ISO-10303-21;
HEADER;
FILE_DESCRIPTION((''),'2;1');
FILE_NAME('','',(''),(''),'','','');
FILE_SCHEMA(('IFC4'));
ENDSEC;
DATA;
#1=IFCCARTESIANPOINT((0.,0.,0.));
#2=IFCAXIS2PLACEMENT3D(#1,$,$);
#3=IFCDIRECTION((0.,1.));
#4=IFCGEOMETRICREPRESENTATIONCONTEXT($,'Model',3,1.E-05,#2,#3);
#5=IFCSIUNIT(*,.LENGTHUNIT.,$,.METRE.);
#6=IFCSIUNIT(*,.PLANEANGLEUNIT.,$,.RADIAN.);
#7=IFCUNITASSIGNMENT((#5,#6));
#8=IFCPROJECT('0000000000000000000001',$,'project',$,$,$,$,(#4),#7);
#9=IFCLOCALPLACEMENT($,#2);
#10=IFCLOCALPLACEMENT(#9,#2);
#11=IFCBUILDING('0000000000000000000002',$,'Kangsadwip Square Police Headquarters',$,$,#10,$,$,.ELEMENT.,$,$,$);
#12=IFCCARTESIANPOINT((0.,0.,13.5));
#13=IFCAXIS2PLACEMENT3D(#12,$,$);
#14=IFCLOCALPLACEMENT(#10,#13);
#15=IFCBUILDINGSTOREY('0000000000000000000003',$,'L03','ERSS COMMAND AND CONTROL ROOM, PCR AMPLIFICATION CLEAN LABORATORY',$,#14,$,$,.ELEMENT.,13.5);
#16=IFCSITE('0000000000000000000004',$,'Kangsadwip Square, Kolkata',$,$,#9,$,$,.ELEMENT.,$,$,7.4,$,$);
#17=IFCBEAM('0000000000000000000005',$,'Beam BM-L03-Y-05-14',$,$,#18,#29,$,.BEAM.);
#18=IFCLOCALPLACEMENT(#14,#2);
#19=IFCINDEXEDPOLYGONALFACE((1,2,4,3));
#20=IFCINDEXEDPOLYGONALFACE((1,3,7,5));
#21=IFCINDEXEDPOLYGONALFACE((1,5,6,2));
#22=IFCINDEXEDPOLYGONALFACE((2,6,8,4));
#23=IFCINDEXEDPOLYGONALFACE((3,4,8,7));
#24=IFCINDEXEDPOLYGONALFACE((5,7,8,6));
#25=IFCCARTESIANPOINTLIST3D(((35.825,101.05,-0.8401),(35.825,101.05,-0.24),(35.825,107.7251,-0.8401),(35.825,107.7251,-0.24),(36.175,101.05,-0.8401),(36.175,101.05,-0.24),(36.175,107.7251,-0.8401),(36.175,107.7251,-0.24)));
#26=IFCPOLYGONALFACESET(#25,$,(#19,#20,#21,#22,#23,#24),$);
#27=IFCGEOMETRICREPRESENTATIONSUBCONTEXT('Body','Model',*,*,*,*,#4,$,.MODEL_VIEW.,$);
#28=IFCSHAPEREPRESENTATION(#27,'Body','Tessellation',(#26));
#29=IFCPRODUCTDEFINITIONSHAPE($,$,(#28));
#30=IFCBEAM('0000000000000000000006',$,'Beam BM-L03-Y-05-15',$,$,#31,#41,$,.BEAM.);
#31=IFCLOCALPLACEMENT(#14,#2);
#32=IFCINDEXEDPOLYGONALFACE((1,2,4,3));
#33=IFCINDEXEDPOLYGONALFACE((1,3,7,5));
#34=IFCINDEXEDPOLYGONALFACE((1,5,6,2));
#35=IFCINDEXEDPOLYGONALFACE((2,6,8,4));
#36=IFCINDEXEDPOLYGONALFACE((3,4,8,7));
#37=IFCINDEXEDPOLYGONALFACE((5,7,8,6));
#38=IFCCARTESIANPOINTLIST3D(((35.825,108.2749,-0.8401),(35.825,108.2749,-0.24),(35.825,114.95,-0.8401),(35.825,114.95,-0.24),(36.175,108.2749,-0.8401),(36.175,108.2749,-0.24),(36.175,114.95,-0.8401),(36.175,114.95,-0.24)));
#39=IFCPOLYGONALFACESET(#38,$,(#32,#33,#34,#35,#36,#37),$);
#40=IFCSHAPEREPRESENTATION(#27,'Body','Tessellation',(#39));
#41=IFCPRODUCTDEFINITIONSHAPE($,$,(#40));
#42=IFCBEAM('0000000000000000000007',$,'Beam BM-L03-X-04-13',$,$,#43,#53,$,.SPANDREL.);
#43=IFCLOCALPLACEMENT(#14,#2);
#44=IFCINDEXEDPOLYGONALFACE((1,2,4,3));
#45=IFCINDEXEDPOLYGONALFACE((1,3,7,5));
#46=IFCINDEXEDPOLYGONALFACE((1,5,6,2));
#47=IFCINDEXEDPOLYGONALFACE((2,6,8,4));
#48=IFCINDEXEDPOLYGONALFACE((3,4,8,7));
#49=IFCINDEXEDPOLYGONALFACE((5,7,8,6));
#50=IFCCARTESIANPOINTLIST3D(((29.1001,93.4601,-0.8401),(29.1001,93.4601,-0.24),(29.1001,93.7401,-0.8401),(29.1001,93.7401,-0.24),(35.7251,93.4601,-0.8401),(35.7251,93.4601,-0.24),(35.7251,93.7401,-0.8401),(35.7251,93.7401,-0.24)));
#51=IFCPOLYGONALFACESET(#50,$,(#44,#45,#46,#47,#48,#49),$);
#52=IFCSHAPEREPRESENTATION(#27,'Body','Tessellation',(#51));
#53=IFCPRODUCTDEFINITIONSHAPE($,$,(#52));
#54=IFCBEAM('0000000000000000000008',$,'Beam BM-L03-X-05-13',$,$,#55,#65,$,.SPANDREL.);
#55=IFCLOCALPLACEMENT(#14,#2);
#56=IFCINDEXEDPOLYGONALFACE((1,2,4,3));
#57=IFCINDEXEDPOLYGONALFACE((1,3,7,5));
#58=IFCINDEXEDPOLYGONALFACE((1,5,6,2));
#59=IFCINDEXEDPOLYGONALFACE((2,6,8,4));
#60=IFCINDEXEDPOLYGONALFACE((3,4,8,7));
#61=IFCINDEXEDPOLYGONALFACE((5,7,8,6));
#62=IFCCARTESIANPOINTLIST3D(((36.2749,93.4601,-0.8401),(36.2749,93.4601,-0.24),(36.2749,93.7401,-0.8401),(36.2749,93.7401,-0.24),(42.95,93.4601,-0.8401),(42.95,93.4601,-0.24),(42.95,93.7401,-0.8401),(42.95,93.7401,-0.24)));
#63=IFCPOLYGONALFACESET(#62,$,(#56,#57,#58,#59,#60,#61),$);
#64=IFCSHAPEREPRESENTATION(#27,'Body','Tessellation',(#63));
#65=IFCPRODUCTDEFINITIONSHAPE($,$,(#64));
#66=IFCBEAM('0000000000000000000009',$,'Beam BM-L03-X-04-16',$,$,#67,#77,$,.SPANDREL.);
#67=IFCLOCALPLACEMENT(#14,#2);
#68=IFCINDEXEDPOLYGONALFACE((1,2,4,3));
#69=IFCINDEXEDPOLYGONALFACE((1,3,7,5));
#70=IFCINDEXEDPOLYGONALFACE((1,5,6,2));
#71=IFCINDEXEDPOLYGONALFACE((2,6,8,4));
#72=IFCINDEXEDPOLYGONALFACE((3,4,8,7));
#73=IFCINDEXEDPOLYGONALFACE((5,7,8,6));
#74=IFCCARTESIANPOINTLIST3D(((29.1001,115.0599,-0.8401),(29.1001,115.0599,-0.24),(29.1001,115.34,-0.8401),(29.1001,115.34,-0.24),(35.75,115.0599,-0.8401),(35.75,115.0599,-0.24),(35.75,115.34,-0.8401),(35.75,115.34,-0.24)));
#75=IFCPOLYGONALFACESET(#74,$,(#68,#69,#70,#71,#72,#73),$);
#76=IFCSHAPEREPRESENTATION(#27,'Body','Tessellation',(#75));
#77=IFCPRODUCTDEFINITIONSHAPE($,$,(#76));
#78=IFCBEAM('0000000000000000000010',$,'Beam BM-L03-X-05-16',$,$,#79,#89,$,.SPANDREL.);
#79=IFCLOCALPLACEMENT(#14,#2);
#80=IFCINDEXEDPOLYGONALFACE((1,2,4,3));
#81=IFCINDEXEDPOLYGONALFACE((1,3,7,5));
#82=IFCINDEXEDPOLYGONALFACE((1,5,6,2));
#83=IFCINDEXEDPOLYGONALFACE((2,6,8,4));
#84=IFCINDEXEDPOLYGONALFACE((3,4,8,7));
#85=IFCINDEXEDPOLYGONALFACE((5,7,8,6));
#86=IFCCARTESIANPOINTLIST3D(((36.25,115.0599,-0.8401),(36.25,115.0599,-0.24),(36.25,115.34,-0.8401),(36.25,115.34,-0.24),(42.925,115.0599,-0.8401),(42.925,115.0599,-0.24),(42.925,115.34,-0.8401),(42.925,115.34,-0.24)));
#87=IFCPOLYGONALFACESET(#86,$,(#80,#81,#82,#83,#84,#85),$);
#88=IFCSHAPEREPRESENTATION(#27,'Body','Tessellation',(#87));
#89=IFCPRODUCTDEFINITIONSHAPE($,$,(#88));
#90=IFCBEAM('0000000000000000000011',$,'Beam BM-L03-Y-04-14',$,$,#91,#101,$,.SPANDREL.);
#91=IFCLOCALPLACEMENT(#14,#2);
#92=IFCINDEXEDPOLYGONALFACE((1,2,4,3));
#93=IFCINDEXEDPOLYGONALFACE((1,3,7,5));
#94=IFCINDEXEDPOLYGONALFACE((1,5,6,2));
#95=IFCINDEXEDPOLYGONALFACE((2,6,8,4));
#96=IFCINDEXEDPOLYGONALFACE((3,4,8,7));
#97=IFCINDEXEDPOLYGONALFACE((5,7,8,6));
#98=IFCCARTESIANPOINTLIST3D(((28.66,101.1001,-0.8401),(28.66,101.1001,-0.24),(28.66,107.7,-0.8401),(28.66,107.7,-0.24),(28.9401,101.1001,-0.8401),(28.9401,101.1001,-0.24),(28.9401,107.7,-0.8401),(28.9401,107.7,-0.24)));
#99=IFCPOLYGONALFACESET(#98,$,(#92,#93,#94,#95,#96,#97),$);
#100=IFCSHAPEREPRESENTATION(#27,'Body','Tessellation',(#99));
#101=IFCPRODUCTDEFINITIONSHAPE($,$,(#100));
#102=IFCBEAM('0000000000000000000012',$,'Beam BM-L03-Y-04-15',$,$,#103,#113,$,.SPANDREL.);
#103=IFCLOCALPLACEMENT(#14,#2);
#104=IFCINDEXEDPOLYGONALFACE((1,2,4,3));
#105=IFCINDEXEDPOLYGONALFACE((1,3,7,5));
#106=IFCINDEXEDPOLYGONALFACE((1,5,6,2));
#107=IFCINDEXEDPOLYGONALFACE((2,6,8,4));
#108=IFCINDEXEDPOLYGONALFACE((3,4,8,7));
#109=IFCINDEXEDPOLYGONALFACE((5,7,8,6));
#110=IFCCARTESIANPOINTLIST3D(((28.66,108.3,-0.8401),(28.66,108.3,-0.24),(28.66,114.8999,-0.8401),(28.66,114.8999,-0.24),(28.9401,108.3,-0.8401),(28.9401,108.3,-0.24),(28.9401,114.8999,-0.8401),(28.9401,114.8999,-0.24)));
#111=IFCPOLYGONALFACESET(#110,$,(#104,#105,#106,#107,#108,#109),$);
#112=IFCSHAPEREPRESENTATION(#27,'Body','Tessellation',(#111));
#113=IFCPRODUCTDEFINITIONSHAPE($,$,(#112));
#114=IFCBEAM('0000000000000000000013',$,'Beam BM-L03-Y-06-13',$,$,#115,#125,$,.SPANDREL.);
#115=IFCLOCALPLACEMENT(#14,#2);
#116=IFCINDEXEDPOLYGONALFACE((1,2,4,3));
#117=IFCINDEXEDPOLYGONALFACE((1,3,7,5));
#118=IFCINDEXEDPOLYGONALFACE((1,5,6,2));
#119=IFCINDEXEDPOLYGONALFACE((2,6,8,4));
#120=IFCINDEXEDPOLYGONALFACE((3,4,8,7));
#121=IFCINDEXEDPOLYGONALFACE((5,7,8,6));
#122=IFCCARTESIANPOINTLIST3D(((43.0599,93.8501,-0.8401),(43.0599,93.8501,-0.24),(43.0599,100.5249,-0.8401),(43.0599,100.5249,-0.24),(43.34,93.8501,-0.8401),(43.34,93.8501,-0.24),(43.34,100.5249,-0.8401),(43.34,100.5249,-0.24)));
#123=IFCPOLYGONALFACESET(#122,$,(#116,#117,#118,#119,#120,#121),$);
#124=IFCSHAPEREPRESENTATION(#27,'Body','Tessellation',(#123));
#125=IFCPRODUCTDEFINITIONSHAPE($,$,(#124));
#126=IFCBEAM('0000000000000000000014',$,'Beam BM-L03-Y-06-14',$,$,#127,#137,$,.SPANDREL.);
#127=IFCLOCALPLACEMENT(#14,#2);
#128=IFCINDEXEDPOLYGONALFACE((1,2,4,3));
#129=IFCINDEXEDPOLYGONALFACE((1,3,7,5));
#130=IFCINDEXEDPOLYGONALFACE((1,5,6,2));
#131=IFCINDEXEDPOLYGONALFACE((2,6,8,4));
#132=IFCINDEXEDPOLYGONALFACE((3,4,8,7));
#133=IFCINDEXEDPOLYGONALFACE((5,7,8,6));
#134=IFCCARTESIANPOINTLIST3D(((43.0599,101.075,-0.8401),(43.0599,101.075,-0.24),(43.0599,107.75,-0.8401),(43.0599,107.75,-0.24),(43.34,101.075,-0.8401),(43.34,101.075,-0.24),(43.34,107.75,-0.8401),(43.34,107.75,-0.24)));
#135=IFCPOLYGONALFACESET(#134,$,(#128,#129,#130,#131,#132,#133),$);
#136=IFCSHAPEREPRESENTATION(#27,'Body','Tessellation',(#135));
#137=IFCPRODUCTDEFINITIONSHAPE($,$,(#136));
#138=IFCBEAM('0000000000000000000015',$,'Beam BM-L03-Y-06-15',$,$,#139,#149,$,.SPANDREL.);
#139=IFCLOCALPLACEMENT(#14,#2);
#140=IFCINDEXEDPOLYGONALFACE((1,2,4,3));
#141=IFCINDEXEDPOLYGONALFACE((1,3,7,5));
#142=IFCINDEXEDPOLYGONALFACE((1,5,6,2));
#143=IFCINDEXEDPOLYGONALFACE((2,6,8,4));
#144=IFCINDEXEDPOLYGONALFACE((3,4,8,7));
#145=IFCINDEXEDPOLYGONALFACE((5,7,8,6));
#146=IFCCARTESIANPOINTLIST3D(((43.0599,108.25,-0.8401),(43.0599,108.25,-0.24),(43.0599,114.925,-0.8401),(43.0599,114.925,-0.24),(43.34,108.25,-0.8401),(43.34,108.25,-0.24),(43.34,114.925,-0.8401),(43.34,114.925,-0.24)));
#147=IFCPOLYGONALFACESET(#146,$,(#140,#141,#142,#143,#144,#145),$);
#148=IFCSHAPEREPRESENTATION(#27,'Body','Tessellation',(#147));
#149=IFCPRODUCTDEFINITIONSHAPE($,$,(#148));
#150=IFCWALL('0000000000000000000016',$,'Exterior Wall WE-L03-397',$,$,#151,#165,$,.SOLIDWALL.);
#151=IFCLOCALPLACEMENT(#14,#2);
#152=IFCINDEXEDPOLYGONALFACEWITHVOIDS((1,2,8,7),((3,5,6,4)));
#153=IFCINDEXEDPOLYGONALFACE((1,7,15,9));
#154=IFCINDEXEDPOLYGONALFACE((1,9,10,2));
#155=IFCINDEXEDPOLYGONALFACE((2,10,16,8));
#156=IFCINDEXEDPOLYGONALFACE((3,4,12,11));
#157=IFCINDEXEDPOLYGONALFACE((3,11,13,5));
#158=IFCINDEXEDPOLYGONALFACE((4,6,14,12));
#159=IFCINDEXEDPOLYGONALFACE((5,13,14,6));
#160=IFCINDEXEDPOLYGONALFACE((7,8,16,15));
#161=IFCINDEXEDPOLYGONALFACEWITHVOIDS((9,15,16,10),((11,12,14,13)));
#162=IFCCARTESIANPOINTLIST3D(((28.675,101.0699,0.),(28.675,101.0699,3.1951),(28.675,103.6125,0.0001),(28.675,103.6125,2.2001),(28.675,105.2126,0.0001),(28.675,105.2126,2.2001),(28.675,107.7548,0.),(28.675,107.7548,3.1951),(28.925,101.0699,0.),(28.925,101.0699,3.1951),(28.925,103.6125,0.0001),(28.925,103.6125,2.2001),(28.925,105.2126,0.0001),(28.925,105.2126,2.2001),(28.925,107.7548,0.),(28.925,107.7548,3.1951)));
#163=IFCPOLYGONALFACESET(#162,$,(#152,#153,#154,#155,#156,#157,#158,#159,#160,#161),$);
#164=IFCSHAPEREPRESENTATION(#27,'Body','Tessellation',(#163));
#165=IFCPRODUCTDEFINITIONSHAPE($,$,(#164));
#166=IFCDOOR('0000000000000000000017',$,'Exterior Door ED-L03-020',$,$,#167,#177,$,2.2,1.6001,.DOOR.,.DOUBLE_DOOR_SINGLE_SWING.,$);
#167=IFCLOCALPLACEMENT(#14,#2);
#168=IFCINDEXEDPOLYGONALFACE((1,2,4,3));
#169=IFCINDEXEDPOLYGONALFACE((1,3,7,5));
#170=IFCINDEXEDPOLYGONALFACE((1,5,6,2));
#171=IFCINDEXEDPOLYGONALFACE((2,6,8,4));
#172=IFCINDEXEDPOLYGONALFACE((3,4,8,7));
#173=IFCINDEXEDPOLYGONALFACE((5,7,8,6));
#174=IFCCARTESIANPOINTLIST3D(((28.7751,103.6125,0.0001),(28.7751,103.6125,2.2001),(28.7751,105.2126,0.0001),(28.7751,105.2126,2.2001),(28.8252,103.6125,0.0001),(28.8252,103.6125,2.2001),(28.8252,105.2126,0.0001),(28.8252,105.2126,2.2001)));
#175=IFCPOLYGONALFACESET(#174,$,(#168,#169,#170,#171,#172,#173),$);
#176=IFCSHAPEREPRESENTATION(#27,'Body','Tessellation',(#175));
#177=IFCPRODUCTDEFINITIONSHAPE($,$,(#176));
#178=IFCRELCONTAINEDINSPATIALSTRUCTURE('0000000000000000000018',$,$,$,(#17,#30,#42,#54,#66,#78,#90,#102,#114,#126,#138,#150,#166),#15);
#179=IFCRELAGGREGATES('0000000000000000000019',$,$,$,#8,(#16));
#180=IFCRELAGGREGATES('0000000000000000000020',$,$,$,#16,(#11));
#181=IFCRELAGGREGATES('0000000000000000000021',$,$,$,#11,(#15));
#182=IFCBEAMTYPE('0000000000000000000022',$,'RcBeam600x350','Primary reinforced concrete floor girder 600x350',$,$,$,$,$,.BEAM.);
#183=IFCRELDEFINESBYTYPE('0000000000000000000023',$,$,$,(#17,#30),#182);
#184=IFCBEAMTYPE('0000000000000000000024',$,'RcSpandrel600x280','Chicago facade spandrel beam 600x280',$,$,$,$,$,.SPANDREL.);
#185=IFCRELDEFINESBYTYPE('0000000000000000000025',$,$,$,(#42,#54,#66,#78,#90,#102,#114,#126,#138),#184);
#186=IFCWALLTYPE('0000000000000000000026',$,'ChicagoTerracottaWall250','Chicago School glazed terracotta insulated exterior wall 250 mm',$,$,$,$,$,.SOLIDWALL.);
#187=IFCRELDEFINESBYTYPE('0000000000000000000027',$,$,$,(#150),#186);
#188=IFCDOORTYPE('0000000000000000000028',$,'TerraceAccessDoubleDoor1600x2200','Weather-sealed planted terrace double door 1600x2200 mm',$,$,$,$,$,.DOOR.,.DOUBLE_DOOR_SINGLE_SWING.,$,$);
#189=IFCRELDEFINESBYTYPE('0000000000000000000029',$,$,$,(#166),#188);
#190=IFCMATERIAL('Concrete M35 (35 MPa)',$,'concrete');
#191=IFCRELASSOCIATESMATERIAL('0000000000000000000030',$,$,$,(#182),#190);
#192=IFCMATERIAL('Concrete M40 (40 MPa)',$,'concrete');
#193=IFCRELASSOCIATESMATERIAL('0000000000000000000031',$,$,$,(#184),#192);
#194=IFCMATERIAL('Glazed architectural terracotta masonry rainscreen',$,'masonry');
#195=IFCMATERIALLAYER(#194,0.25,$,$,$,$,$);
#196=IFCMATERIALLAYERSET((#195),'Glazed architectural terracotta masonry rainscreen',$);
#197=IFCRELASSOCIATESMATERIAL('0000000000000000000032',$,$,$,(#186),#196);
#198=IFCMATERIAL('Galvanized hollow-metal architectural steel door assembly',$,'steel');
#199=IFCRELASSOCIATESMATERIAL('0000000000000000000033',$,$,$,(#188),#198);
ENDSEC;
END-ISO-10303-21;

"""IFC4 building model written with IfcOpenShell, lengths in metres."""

from ifc_helpers import new_model, si_unit, direction, frame, frame_2d, origin, origin_2d, place, context, subcontext, project, spatial, rectangle, extrude, material, layer, layer_set, material_profile, profile_set, type_object, element, fill, save


model = new_model("IFC4")

# Units and contexts
model_context = context("Model", 3, precision=1e-05, world=origin(), true_north=direction((0.0, 1.0)))
body_context = subcontext(model_context, "Body", "Model", "MODEL_VIEW")
ifc_project = project(units=[si_unit("LENGTHUNIT", "METRE"), si_unit("PLANEANGLEUNIT", "RADIAN")], contexts=[model_context])

# Site, building, storey
site_placement = place(None, origin())
site = spatial("IfcSite", under=ifc_project, at=site_placement, Name="Kangsadwip Square, Kolkata", CompositionType="ELEMENT", RefElevation=7.4)
building_placement = place(site_placement, origin())
building = spatial("IfcBuilding", under=site, at=building_placement, Name="Kangsadwip Square Police Headquarters", CompositionType="ELEMENT")
storey_placement = place(building_placement, frame((0.0, 0.0, 13.5)))
storey = spatial("IfcBuildingStorey", under=building, at=storey_placement, Name="L03", Description="ERSS COMMAND AND CONTROL ROOM, PCR AMPLIFICATION CLEAN LABORATORY", CompositionType="ELEMENT", Elevation=13.5)

# Beams
ifc_material_1 = material(Name="Concrete M35 (35 MPa)", Category="concrete")
ifc_material_profile_1 = material_profile(ifc_material_1, rectangle(XDim=0.3501, YDim=0.6001, at=origin_2d()), Name="RC BM 600X350")
ifc_profile_set_1 = profile_set([ifc_material_profile_1], Name="Concrete M35 (35 MPa)")
beam_type_1 = type_object("IfcBeamType", Name="RcBeam600x350", Description="Primary reinforced concrete floor girder 600x350", PredefinedType="BEAM", material=ifc_profile_set_1)
for number, where, z_axis, x_axis, name in (
    (1, (36.0, 101.05, -0.54), (0.0, 1.0, 0.0), (-1.0, 0.0, 0.0), "Beam BM-L03-Y-05-14"),
    (2, (36.0, 108.2749, -0.54), (0.0, 1.0, 0.0), (-1.0, 0.0, 0.0), "Beam BM-L03-Y-05-15"),
):
    element("IfcBeam", number, at=place(storey_placement, frame(where, z_axis=z_axis, x_axis=x_axis)), inside=storey, type_object=beam_type_1, Name=name, PredefinedType="BEAM", context=body_context, shape_type="SweptSolid", body=[
        extrude(rectangle(XDim=0.3501, YDim=0.6001, at=origin_2d()), origin(), (0.0, 0.0, 1.0), 6.675),
    ])
ifc_material_2 = material(Name="Concrete M40 (40 MPa)", Category="concrete")
ifc_material_profile_2 = material_profile(ifc_material_2, rectangle(XDim=0.28, YDim=0.6001, at=origin_2d()), Name="RC SPN 600X280")
ifc_profile_set_2 = profile_set([ifc_material_profile_2], Name="Concrete M40 (40 MPa)")
beam_type_2 = type_object("IfcBeamType", Name="RcSpandrel600x280", Description="Chicago facade spandrel beam 600x280", PredefinedType="SPANDREL", material=ifc_profile_set_2)
beam_1_placement = place(storey_placement, frame((29.1001, 93.6001, -0.54), z_axis=(1.0, 0.0, 0.0), x_axis=(0.0, 1.0, 0.0)))
element("IfcBeam", 3, at=beam_1_placement, inside=storey, type_object=beam_type_2, Name="Beam BM-L03-X-04-13", PredefinedType="SPANDREL", context=body_context, shape_type="SweptSolid", body=[
    extrude(rectangle(XDim=0.28, YDim=0.6001, at=origin_2d()), origin(), (0.0, 0.0, 1.0), 6.625),
])
beam_2_placement = place(storey_placement, frame((36.2749, 93.6001, -0.54), z_axis=(1.0, 0.0, 0.0), x_axis=(0.0, 1.0, 0.0)))
element("IfcBeam", 4, at=beam_2_placement, inside=storey, type_object=beam_type_2, Name="Beam BM-L03-X-05-13", PredefinedType="SPANDREL", context=body_context, shape_type="SweptSolid", body=[
    extrude(rectangle(XDim=0.28, YDim=0.6001, at=origin_2d()), origin(), (0.0, 0.0, 1.0), 6.675),
])
beam_3_placement = place(storey_placement, frame((29.1001, 115.2, -0.54), z_axis=(1.0, 0.0, 0.0), x_axis=(0.0, 1.0, 0.0)))
element("IfcBeam", 5, at=beam_3_placement, inside=storey, type_object=beam_type_2, Name="Beam BM-L03-X-04-16", PredefinedType="SPANDREL", context=body_context, shape_type="SweptSolid", body=[
    extrude(rectangle(XDim=0.28, YDim=0.6001, at=origin_2d()), origin(), (0.0, 0.0, 1.0), 6.6499),
])
beam_4_placement = place(storey_placement, frame((36.25, 115.2, -0.54), z_axis=(1.0, 0.0, 0.0), x_axis=(0.0, 1.0, 0.0)))
element("IfcBeam", 6, at=beam_4_placement, inside=storey, type_object=beam_type_2, Name="Beam BM-L03-X-05-16", PredefinedType="SPANDREL", context=body_context, shape_type="SweptSolid", body=[
    extrude(rectangle(XDim=0.28, YDim=0.6001, at=origin_2d()), origin(), (0.0, 0.0, 1.0), 6.675),
])
for number, where, z_axis, x_axis, name in (
    (7, (28.8, 101.1001, -0.54), (0.0, 1.0, 0.0), (-1.0, 0.0, 0.0), "Beam BM-L03-Y-04-14"),
    (8, (28.8, 108.3, -0.54), (0.0, 1.0, 0.0), (-1.0, 0.0, 0.0), "Beam BM-L03-Y-04-15"),
):
    element("IfcBeam", number, at=place(storey_placement, frame(where, z_axis=z_axis, x_axis=x_axis)), inside=storey, type_object=beam_type_2, Name=name, PredefinedType="SPANDREL", context=body_context, shape_type="SweptSolid", body=[
        extrude(rectangle(XDim=0.28, YDim=0.6001, at=origin_2d()), origin(), (0.0, 0.0, 1.0), 6.5999),
    ])
beam_5_placement = place(storey_placement, frame((43.2, 93.8501, -0.54), z_axis=(0.0, 1.0, 0.0), x_axis=(-1.0, 0.0, 0.0)))
element("IfcBeam", 9, at=beam_5_placement, inside=storey, type_object=beam_type_2, Name="Beam BM-L03-Y-06-13", PredefinedType="SPANDREL", context=body_context, shape_type="SweptSolid", body=[
    extrude(rectangle(XDim=0.28, YDim=0.6001, at=origin_2d()), origin(), (0.0, 0.0, 1.0), 6.6748),
])
for number, where, z_axis, x_axis, name in (
    (10, (43.2, 101.075, -0.54), (0.0, 1.0, 0.0), (-1.0, 0.0, 0.0), "Beam BM-L03-Y-06-14"),
    (11, (43.2, 108.25, -0.54), (0.0, 1.0, 0.0), (-1.0, 0.0, 0.0), "Beam BM-L03-Y-06-15"),
):
    element("IfcBeam", number, at=place(storey_placement, frame(where, z_axis=z_axis, x_axis=x_axis)), inside=storey, type_object=beam_type_2, Name=name, PredefinedType="SPANDREL", context=body_context, shape_type="SweptSolid", body=[
        extrude(rectangle(XDim=0.28, YDim=0.6001, at=origin_2d()), origin(), (0.0, 0.0, 1.0), 6.675),
    ])

# Wall, opening, door
ifc_material_3 = material(Name="Glazed architectural terracotta masonry rainscreen", Category="masonry")
ifc_layer_1 = layer(ifc_material_3, 0.25)
ifc_layer_set_1 = layer_set([ifc_layer_1], Name="Glazed architectural terracotta masonry rainscreen")
wall_type = type_object("IfcWallType", Name="ChicagoTerracottaWall250", Description="Chicago School glazed terracotta insulated exterior wall 250 mm", PredefinedType="SOLIDWALL", material=ifc_layer_set_1)
wall_1_placement = place(storey_placement, frame((28.8, 101.0701, 0.0), z_axis=(0.0, 0.0, 1.0), x_axis=(0.0, 1.0, 0.0)))
wall_1 = element("IfcWall", 12, at=wall_1_placement, inside=storey, type_object=wall_type, Name="Exterior Wall WE-L03-397", PredefinedType="SOLIDWALL", context=body_context, shape_type="SweptSolid", body=[
    extrude(rectangle(XDim=6.6848, YDim=0.25, at=frame_2d((3.3423, 0.0))), origin(), (0.0, 0.0, 1.0), 3.1951),
])
opening_1_placement = place(wall_1_placement, frame((2.5425, 0.0, 0.0)))
opening_1 = element("IfcOpeningElement", 13, at=opening_1_placement, cuts=wall_1, PredefinedType="OPENING", context=body_context, shape_type="SweptSolid", body=[
    extrude(rectangle(XDim=1.6001, YDim=2.2, at=frame_2d((0.8, 1.1001))), frame((0.0, 0.135, 0.0), z_axis=(0.0, -1.0, 0.0), x_axis=(1.0, 0.0, 0.0)), (0.0, 0.0, 1.0), 0.27),
])
ifc_material_4 = material(Name="Galvanized hollow-metal architectural steel door assembly", Category="steel")
door_type = type_object("IfcDoorType", Name="TerraceAccessDoubleDoor1600x2200", Description="Weather-sealed planted terrace double door 1600x2200 mm", OperationType="DOUBLE_DOOR_SINGLE_SWING", PredefinedType="DOOR", material=ifc_material_4)
door_placement = place(opening_1_placement, origin())
door = element("IfcDoor", 14, at=door_placement, inside=storey, type_object=door_type, Name="Exterior Door ED-L03-020", OperationType="DOUBLE_DOOR_SINGLE_SWING", OverallHeight=2.2, OverallWidth=1.6001, PredefinedType="DOOR", context=body_context, shape_type="SweptSolid", body=[
    extrude(rectangle(XDim=1.6001, YDim=2.2, at=frame_2d((0.8, 1.1001))), frame((0.0, 0.0249, 0.0), z_axis=(0.0, -1.0, 0.0), x_axis=(1.0, 0.0, 0.0)), (0.0, 0.0, 1.0), 0.05),
])
fill(opening_1, door)

save(model, "model.ifc")
